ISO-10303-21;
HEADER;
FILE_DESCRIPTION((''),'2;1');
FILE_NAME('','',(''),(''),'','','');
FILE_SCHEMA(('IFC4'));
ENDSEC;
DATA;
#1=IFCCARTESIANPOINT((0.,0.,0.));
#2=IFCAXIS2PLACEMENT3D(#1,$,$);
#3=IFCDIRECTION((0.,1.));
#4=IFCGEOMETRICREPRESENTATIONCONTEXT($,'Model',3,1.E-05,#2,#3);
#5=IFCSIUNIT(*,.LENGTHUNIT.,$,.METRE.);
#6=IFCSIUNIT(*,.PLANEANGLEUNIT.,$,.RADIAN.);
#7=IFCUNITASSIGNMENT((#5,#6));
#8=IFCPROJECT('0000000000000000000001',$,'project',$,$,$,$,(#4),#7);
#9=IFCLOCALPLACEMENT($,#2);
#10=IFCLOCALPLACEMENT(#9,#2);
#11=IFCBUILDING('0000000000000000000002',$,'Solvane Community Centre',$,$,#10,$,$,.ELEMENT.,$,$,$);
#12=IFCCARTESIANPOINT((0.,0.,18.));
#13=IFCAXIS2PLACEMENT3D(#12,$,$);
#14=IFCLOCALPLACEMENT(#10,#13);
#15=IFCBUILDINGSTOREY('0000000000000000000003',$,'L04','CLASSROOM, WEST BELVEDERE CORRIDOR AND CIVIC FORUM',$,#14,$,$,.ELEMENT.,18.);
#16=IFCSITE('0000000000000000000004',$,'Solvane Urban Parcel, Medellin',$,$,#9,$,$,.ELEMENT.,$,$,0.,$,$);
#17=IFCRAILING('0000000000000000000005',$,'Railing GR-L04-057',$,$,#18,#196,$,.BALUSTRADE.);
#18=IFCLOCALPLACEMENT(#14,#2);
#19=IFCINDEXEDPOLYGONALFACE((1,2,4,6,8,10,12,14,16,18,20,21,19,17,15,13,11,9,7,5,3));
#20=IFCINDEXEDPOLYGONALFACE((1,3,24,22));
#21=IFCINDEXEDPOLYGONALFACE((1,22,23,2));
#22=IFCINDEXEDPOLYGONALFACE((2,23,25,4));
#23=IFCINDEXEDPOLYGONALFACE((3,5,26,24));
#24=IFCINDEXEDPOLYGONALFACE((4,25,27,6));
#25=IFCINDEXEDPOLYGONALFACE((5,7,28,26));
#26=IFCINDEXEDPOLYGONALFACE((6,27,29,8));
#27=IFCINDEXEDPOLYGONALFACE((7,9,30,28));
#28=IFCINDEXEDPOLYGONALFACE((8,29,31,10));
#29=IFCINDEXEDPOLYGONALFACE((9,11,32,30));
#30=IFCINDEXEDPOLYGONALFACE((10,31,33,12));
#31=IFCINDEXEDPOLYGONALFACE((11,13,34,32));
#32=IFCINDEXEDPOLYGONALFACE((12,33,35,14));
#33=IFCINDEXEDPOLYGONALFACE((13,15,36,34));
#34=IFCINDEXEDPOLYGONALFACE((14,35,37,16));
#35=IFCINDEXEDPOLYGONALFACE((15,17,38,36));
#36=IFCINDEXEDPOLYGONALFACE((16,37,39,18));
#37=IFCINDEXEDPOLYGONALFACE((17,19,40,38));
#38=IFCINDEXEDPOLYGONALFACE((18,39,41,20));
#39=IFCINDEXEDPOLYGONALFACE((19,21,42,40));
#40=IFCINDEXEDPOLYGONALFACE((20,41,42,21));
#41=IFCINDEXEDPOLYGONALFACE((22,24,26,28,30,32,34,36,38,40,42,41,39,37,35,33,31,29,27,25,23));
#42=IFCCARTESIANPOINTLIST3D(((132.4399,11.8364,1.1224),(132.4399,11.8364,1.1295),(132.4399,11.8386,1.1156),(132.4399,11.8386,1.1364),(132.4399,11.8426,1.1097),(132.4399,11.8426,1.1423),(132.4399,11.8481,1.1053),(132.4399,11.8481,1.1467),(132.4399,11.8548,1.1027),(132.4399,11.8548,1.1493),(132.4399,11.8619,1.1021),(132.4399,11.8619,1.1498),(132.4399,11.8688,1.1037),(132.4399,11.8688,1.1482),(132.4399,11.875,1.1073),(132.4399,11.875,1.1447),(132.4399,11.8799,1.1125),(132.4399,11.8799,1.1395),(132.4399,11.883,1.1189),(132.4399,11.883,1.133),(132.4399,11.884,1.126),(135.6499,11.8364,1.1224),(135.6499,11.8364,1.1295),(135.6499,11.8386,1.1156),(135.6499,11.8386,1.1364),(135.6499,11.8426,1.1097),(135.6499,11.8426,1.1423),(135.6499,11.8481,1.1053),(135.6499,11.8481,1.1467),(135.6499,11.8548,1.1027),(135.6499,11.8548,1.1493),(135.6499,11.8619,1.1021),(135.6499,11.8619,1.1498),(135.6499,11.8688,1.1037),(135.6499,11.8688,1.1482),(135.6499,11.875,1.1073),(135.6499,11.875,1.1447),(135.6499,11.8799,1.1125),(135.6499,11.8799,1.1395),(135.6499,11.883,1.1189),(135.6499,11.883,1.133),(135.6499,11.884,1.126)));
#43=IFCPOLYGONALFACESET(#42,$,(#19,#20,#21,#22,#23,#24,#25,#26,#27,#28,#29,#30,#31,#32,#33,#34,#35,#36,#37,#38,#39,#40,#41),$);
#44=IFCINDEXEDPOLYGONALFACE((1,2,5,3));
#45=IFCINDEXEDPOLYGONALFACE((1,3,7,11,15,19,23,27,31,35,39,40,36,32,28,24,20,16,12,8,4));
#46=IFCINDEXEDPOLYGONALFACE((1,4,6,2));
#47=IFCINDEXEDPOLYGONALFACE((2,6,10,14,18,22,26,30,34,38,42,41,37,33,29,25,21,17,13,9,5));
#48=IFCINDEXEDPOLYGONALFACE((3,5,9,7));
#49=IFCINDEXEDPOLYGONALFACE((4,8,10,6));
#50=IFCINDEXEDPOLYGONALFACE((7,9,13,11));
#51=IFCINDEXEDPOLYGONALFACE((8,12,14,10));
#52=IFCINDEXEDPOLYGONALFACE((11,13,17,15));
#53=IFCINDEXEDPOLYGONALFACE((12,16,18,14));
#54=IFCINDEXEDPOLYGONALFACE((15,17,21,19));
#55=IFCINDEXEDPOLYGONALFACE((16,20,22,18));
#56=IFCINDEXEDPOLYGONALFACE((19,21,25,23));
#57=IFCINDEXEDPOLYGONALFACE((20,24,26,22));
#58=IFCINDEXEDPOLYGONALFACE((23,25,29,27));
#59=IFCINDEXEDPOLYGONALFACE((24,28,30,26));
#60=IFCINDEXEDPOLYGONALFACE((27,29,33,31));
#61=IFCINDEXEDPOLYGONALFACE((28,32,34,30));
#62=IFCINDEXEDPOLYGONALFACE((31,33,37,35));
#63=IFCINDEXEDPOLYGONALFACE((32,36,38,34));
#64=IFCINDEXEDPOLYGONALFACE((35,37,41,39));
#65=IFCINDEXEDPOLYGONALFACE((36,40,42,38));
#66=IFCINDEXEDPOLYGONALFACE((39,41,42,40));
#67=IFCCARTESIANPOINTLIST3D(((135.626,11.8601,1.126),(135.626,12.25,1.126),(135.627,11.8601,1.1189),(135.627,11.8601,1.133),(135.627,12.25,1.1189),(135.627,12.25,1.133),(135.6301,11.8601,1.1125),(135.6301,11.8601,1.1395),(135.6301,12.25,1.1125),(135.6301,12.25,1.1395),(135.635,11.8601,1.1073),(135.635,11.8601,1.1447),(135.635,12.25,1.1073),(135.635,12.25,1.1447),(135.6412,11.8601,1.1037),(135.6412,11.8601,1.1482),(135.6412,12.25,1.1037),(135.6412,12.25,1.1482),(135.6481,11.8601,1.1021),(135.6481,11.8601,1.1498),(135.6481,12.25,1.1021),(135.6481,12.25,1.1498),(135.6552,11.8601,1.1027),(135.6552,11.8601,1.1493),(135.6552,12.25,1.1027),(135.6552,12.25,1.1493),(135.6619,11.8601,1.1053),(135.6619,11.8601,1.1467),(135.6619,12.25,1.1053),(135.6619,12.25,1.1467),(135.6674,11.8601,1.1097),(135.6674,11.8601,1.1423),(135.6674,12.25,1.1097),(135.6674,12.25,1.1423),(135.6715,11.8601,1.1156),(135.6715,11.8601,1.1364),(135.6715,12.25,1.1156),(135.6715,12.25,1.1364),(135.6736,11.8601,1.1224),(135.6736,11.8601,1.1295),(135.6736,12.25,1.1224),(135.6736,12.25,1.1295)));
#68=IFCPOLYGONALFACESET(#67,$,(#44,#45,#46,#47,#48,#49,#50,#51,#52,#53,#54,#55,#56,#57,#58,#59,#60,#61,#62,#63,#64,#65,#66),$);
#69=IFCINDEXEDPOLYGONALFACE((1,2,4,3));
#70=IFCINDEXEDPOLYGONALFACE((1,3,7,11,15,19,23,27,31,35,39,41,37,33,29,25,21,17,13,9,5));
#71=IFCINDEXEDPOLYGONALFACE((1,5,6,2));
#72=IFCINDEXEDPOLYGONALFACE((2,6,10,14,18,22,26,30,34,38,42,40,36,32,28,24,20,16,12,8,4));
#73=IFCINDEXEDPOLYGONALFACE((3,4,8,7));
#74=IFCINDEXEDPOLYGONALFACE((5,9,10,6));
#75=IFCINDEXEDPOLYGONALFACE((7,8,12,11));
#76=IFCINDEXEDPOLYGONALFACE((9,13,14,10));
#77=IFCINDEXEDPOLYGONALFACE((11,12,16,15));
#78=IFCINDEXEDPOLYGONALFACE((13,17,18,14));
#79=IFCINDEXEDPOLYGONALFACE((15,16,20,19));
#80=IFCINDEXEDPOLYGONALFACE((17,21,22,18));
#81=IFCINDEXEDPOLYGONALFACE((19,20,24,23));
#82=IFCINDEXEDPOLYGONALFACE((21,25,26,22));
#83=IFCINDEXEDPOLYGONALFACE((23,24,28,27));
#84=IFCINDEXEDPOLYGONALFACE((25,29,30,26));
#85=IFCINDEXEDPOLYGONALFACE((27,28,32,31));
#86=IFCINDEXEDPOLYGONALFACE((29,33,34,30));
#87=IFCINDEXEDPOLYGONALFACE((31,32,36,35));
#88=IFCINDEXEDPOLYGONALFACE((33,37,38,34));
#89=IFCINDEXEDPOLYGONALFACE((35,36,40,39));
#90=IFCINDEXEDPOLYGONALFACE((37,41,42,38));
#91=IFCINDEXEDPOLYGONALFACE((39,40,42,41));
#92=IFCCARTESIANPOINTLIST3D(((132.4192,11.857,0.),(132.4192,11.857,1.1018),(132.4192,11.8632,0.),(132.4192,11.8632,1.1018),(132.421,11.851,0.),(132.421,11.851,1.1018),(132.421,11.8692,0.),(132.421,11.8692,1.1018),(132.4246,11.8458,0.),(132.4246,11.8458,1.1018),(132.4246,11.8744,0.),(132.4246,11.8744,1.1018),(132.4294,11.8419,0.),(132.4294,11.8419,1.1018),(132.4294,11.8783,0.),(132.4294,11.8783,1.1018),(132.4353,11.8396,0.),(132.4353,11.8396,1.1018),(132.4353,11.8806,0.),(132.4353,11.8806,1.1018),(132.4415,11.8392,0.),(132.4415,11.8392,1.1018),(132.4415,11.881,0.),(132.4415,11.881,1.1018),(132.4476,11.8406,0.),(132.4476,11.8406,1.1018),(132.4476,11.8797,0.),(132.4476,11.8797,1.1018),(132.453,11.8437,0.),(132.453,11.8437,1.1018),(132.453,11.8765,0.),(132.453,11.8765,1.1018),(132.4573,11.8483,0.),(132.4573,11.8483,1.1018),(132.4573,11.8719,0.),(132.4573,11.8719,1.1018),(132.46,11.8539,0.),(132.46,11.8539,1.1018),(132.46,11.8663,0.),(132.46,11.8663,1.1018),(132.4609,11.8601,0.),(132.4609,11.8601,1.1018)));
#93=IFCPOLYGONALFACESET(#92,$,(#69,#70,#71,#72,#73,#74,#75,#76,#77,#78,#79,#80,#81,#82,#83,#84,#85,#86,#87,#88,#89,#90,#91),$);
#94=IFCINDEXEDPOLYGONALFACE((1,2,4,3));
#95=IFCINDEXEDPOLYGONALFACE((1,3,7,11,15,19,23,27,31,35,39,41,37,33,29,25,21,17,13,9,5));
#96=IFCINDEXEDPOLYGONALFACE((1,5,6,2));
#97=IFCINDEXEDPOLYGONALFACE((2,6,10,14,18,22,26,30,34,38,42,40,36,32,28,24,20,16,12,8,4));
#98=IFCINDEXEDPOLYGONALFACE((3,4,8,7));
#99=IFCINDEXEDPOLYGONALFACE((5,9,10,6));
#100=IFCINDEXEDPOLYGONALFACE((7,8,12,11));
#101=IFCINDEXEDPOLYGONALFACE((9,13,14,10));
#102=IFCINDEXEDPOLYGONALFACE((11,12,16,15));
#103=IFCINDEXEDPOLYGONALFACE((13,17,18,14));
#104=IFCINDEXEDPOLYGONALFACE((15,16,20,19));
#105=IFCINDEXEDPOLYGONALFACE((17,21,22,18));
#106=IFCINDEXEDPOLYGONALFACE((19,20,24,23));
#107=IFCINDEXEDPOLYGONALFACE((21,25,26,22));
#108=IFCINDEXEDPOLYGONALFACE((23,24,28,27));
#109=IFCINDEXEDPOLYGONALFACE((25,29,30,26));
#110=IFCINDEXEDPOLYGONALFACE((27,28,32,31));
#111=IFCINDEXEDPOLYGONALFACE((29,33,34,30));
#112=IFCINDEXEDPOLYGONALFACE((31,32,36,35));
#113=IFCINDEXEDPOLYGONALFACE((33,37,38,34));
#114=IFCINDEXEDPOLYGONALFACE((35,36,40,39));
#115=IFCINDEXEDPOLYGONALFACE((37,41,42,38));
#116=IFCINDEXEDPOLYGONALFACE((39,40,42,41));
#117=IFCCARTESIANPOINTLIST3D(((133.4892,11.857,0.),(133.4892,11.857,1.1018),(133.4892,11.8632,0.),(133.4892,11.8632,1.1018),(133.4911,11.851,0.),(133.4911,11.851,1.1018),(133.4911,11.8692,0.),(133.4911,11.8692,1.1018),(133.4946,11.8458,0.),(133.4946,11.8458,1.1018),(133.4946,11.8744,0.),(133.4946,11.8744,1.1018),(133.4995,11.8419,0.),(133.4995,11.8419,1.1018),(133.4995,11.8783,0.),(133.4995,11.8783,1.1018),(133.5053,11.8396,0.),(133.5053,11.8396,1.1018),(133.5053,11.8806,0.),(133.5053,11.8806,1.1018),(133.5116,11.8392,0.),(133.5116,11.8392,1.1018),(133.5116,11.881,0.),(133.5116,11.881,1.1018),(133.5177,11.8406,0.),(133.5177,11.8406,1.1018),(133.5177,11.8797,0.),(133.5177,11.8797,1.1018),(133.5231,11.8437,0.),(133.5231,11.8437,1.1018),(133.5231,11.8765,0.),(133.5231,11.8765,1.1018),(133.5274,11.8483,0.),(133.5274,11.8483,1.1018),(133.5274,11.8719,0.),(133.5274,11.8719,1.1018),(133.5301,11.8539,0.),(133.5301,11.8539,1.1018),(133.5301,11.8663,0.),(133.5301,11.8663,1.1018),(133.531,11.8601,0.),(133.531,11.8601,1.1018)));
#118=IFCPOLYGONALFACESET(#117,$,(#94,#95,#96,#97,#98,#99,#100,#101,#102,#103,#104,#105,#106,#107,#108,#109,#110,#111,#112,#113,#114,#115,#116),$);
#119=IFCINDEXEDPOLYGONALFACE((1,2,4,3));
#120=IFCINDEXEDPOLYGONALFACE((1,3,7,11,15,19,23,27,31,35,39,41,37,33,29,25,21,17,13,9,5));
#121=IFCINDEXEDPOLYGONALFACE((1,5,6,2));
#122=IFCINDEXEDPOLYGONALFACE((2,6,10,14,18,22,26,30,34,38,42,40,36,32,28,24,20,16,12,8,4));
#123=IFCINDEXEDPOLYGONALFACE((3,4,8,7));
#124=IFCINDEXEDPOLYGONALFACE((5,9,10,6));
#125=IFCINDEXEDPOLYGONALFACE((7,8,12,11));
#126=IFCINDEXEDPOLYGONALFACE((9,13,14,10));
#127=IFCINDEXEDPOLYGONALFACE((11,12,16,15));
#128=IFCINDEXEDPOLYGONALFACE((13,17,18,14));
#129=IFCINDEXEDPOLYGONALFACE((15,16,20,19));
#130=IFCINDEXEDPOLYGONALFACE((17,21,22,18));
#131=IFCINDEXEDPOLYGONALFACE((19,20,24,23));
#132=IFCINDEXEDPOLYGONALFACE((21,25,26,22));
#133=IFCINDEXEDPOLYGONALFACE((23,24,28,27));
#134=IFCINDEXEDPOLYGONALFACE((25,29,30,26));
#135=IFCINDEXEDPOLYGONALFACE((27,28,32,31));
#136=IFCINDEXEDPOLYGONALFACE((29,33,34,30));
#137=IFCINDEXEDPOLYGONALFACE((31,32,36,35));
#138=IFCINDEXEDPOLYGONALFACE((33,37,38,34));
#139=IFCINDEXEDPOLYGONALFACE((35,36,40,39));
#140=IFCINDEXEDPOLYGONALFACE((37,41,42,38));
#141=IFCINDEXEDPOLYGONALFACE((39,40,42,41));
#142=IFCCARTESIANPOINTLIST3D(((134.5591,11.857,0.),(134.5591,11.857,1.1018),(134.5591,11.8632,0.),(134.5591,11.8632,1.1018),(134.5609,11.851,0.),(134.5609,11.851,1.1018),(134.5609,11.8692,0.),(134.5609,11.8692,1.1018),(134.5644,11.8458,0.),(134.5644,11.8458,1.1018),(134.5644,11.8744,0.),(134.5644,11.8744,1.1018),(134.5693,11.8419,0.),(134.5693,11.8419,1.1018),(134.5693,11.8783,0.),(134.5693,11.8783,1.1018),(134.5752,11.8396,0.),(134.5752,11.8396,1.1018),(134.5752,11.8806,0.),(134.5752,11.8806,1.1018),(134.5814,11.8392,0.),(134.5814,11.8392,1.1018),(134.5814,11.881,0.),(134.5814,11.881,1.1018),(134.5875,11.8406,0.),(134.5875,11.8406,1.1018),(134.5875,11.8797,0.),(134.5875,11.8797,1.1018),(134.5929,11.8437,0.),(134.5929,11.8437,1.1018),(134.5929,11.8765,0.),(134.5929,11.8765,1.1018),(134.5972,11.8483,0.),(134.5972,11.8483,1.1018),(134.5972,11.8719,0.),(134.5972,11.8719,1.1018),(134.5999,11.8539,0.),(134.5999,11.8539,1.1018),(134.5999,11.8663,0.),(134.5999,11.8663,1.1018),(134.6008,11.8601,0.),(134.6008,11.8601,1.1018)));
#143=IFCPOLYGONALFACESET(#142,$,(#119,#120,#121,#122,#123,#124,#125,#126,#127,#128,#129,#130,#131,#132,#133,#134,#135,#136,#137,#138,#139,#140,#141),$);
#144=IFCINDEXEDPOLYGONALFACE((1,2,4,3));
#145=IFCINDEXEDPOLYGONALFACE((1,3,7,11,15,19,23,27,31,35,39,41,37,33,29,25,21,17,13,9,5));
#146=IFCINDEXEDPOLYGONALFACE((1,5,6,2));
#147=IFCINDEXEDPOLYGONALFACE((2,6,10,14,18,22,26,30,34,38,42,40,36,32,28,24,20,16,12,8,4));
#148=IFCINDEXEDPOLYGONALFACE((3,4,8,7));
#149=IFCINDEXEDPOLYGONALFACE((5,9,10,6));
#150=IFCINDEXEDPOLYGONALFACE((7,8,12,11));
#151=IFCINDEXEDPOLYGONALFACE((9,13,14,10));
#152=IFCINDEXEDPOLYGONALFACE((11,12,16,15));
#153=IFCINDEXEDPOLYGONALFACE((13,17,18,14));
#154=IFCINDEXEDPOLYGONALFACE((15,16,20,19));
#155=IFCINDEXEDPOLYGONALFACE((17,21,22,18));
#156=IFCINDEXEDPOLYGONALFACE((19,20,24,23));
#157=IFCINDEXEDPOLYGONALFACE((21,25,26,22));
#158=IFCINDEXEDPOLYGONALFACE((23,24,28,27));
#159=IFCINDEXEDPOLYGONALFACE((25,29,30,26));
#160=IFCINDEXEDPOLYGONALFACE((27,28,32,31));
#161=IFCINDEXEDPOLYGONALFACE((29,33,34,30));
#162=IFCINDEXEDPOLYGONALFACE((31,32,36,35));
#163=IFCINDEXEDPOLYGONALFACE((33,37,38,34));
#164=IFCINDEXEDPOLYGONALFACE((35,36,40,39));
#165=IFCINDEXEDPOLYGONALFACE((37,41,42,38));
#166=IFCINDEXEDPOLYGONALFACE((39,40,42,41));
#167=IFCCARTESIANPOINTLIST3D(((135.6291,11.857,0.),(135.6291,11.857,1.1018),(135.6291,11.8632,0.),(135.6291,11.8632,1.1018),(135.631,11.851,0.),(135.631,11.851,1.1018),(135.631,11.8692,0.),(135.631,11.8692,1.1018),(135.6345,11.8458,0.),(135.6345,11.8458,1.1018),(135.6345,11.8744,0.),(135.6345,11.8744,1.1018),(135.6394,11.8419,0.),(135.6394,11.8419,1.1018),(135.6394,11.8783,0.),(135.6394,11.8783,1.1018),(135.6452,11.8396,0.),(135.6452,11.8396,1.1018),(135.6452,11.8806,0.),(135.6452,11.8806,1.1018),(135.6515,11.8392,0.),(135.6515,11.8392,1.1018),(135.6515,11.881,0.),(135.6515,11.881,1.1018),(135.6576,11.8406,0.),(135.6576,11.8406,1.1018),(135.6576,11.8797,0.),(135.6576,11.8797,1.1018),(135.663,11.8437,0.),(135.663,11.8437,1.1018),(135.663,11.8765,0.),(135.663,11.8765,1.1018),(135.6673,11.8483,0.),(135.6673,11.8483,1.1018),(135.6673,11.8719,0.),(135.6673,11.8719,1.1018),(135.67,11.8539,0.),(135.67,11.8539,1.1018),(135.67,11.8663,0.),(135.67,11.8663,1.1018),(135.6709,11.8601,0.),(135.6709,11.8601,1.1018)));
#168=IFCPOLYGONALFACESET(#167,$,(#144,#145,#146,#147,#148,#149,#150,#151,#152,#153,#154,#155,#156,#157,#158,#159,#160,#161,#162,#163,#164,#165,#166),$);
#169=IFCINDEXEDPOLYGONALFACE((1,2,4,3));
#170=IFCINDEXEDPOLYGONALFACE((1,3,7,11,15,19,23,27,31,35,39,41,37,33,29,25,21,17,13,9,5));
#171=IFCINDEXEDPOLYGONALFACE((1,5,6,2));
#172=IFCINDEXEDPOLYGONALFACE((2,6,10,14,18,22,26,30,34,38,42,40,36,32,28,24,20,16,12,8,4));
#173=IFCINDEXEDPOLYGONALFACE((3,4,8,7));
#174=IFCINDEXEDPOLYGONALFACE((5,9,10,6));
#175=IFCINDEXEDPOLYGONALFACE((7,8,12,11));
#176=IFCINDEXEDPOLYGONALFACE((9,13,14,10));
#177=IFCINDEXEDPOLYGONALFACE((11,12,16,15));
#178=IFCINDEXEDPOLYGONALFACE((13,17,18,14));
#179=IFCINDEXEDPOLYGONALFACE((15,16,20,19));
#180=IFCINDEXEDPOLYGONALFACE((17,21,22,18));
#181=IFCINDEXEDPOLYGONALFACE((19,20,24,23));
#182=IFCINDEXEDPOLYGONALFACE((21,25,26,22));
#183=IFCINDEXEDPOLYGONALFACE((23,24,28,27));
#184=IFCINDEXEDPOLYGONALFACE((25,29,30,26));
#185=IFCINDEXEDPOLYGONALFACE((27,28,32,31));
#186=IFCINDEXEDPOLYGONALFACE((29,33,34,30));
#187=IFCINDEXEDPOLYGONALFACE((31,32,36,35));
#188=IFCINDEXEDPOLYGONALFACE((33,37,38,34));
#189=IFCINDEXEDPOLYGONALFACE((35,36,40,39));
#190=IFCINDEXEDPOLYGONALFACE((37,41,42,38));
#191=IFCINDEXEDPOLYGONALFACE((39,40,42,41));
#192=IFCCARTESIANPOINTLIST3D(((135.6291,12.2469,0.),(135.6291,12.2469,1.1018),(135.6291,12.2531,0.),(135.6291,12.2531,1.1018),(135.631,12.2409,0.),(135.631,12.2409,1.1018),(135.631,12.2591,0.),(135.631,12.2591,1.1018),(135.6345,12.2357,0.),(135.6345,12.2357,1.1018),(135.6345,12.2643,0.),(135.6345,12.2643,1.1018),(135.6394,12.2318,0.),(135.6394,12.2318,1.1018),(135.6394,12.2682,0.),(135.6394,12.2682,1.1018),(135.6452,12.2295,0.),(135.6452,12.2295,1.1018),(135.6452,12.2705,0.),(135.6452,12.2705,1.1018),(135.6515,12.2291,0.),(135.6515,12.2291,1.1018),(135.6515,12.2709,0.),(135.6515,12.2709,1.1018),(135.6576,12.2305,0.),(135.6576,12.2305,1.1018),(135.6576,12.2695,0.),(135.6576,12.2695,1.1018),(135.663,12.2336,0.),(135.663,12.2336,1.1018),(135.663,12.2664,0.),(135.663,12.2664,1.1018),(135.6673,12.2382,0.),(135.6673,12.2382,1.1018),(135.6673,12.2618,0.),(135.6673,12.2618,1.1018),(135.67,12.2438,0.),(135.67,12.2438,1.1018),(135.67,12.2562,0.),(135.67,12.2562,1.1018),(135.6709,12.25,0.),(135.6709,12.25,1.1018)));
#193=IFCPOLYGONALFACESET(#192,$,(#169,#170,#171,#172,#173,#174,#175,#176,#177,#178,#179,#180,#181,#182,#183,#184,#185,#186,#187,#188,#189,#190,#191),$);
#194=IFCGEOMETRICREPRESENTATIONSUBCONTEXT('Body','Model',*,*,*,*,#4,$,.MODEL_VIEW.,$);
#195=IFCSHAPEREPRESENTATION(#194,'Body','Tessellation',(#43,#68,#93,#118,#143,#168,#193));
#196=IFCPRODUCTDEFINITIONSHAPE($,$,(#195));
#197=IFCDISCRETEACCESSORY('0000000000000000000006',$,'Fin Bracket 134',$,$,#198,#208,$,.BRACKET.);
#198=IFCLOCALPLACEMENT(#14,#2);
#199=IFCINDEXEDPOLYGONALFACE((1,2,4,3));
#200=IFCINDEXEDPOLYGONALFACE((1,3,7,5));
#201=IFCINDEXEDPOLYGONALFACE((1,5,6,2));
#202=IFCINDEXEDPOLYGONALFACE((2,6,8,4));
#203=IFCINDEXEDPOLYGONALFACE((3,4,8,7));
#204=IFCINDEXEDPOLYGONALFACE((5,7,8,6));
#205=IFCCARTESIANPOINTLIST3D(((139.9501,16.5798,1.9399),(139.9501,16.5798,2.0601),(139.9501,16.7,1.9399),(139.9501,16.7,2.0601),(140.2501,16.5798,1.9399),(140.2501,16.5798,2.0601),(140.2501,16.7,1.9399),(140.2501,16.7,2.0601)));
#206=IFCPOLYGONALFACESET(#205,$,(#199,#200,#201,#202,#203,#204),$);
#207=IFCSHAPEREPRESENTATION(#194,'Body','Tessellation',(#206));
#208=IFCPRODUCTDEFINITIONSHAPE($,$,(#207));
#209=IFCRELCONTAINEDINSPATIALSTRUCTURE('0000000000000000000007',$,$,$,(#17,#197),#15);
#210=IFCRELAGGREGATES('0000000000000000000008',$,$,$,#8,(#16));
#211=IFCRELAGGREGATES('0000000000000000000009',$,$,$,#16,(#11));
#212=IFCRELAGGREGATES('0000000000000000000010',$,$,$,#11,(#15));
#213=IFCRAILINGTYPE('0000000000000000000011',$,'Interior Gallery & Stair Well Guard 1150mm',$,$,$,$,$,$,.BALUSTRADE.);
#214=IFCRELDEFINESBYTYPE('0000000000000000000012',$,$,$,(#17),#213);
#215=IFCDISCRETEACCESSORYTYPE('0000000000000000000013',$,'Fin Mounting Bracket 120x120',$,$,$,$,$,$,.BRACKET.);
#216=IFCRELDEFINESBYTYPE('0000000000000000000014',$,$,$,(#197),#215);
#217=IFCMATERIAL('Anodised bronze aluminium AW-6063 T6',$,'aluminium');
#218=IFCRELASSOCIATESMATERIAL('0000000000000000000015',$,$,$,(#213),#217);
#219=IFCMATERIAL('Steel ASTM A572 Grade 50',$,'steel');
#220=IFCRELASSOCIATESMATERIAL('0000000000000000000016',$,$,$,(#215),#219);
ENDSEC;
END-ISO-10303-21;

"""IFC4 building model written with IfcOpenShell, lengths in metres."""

from ifc_helpers import new_model, si_unit, direction, frame, origin, origin_2d, place, context, subcontext, project, spatial, rectangle, circle, extrude, material, type_object, element, save


model = new_model("IFC4")

# Units and contexts
model_context = context("Model", 3, precision=1e-05, world=origin(), true_north=direction((0.0, 1.0)))
body_context = subcontext(model_context, "Body", "Model", "MODEL_VIEW")
ifc_project = project(units=[si_unit("LENGTHUNIT", "METRE"), si_unit("PLANEANGLEUNIT", "RADIAN")], contexts=[model_context])

# Site, building, storey
site_placement = place(None, origin())
site = spatial("IfcSite", under=ifc_project, at=site_placement, Name="Solvane Urban Parcel, Medellin", CompositionType="ELEMENT", RefElevation=0.0)
building_placement = place(site_placement, origin())
building = spatial("IfcBuilding", under=site, at=building_placement, Name="Solvane Community Centre", CompositionType="ELEMENT")
storey_placement = place(building_placement, frame((0.0, 0.0, 18.0)))
storey = spatial("IfcBuildingStorey", under=building, at=storey_placement, Name="L04", Description="CLASSROOM, WEST BELVEDERE CORRIDOR AND CIVIC FORUM", CompositionType="ELEMENT", Elevation=18.0)

# Shared definitions
ifc_material_1 = material(Name="Anodised bronze aluminium AW-6063 T6", Category="aluminium")

# Railing
railing_type = type_object("IfcRailingType", Name="Interior Gallery & Stair Well Guard 1150mm", PredefinedType="BALUSTRADE", material=ifc_material_1)
railing_placement = place(storey_placement, frame((132.4399, 11.8601, 0.0)))
element("IfcRailing", 1, at=railing_placement, inside=storey, type_object=railing_type, Name="Railing GR-L04-057", PredefinedType="BALUSTRADE", context=body_context, shape_type="SweptSolid", body=[
    extrude(circle(Radius=0.0239, at=origin_2d()), frame((0.0, 0.0, 1.126), z_axis=(1.0, 0.0, 0.0), x_axis=(0.0, 1.0, 0.0)), (0.0, 0.0, 1.0), 3.21),
    extrude(circle(Radius=0.0239, at=origin_2d()), frame((3.21, 0.0, 1.126), z_axis=(0.0, 1.0, 0.0), x_axis=(-1.0, 0.0, 0.0)), (0.0, 0.0, 1.0), 0.3899),
    extrude(circle(Radius=0.021, at=origin_2d()), origin(), (0.0, 0.0, 1.0), 1.1018),
    extrude(circle(Radius=0.021, at=origin_2d()), frame((1.0701, 0.0, 0.0)), (0.0, 0.0, 1.0), 1.1018),
    extrude(circle(Radius=0.021, at=origin_2d()), frame((2.1399, 0.0, 0.0)), (0.0, 0.0, 1.0), 1.1018),
    extrude(circle(Radius=0.021, at=origin_2d()), frame((3.21, 0.0, 0.0)), (0.0, 0.0, 1.0), 1.1018),
    extrude(circle(Radius=0.021, at=origin_2d()), frame((3.21, 0.3899, 0.0)), (0.0, 0.0, 1.0), 1.1018),
])

# Discrete accessory
ifc_material_2 = material(Name="Steel ASTM A572 Grade 50", Category="steel")
discrete_accessory_type = type_object("IfcDiscreteAccessoryType", Name="Fin Mounting Bracket 120x120", PredefinedType="BRACKET", material=ifc_material_2)
discrete_accessory_placement = place(storey_placement, frame((140.1001, 16.6399, 1.9399), z_axis=(0.0, 0.0, 1.0), x_axis=(0.0, -1.0, 0.0)))
element("IfcDiscreteAccessory", 2, at=discrete_accessory_placement, inside=storey, type_object=discrete_accessory_type, Name="Fin Bracket 134", PredefinedType="BRACKET", context=body_context, shape_type="SweptSolid", body=[
    extrude(rectangle(XDim=0.1201, YDim=0.3, at=origin_2d()), origin(), (0.0, 0.0, 1.0), 0.1201),
])

save(model, "model.ifc")
